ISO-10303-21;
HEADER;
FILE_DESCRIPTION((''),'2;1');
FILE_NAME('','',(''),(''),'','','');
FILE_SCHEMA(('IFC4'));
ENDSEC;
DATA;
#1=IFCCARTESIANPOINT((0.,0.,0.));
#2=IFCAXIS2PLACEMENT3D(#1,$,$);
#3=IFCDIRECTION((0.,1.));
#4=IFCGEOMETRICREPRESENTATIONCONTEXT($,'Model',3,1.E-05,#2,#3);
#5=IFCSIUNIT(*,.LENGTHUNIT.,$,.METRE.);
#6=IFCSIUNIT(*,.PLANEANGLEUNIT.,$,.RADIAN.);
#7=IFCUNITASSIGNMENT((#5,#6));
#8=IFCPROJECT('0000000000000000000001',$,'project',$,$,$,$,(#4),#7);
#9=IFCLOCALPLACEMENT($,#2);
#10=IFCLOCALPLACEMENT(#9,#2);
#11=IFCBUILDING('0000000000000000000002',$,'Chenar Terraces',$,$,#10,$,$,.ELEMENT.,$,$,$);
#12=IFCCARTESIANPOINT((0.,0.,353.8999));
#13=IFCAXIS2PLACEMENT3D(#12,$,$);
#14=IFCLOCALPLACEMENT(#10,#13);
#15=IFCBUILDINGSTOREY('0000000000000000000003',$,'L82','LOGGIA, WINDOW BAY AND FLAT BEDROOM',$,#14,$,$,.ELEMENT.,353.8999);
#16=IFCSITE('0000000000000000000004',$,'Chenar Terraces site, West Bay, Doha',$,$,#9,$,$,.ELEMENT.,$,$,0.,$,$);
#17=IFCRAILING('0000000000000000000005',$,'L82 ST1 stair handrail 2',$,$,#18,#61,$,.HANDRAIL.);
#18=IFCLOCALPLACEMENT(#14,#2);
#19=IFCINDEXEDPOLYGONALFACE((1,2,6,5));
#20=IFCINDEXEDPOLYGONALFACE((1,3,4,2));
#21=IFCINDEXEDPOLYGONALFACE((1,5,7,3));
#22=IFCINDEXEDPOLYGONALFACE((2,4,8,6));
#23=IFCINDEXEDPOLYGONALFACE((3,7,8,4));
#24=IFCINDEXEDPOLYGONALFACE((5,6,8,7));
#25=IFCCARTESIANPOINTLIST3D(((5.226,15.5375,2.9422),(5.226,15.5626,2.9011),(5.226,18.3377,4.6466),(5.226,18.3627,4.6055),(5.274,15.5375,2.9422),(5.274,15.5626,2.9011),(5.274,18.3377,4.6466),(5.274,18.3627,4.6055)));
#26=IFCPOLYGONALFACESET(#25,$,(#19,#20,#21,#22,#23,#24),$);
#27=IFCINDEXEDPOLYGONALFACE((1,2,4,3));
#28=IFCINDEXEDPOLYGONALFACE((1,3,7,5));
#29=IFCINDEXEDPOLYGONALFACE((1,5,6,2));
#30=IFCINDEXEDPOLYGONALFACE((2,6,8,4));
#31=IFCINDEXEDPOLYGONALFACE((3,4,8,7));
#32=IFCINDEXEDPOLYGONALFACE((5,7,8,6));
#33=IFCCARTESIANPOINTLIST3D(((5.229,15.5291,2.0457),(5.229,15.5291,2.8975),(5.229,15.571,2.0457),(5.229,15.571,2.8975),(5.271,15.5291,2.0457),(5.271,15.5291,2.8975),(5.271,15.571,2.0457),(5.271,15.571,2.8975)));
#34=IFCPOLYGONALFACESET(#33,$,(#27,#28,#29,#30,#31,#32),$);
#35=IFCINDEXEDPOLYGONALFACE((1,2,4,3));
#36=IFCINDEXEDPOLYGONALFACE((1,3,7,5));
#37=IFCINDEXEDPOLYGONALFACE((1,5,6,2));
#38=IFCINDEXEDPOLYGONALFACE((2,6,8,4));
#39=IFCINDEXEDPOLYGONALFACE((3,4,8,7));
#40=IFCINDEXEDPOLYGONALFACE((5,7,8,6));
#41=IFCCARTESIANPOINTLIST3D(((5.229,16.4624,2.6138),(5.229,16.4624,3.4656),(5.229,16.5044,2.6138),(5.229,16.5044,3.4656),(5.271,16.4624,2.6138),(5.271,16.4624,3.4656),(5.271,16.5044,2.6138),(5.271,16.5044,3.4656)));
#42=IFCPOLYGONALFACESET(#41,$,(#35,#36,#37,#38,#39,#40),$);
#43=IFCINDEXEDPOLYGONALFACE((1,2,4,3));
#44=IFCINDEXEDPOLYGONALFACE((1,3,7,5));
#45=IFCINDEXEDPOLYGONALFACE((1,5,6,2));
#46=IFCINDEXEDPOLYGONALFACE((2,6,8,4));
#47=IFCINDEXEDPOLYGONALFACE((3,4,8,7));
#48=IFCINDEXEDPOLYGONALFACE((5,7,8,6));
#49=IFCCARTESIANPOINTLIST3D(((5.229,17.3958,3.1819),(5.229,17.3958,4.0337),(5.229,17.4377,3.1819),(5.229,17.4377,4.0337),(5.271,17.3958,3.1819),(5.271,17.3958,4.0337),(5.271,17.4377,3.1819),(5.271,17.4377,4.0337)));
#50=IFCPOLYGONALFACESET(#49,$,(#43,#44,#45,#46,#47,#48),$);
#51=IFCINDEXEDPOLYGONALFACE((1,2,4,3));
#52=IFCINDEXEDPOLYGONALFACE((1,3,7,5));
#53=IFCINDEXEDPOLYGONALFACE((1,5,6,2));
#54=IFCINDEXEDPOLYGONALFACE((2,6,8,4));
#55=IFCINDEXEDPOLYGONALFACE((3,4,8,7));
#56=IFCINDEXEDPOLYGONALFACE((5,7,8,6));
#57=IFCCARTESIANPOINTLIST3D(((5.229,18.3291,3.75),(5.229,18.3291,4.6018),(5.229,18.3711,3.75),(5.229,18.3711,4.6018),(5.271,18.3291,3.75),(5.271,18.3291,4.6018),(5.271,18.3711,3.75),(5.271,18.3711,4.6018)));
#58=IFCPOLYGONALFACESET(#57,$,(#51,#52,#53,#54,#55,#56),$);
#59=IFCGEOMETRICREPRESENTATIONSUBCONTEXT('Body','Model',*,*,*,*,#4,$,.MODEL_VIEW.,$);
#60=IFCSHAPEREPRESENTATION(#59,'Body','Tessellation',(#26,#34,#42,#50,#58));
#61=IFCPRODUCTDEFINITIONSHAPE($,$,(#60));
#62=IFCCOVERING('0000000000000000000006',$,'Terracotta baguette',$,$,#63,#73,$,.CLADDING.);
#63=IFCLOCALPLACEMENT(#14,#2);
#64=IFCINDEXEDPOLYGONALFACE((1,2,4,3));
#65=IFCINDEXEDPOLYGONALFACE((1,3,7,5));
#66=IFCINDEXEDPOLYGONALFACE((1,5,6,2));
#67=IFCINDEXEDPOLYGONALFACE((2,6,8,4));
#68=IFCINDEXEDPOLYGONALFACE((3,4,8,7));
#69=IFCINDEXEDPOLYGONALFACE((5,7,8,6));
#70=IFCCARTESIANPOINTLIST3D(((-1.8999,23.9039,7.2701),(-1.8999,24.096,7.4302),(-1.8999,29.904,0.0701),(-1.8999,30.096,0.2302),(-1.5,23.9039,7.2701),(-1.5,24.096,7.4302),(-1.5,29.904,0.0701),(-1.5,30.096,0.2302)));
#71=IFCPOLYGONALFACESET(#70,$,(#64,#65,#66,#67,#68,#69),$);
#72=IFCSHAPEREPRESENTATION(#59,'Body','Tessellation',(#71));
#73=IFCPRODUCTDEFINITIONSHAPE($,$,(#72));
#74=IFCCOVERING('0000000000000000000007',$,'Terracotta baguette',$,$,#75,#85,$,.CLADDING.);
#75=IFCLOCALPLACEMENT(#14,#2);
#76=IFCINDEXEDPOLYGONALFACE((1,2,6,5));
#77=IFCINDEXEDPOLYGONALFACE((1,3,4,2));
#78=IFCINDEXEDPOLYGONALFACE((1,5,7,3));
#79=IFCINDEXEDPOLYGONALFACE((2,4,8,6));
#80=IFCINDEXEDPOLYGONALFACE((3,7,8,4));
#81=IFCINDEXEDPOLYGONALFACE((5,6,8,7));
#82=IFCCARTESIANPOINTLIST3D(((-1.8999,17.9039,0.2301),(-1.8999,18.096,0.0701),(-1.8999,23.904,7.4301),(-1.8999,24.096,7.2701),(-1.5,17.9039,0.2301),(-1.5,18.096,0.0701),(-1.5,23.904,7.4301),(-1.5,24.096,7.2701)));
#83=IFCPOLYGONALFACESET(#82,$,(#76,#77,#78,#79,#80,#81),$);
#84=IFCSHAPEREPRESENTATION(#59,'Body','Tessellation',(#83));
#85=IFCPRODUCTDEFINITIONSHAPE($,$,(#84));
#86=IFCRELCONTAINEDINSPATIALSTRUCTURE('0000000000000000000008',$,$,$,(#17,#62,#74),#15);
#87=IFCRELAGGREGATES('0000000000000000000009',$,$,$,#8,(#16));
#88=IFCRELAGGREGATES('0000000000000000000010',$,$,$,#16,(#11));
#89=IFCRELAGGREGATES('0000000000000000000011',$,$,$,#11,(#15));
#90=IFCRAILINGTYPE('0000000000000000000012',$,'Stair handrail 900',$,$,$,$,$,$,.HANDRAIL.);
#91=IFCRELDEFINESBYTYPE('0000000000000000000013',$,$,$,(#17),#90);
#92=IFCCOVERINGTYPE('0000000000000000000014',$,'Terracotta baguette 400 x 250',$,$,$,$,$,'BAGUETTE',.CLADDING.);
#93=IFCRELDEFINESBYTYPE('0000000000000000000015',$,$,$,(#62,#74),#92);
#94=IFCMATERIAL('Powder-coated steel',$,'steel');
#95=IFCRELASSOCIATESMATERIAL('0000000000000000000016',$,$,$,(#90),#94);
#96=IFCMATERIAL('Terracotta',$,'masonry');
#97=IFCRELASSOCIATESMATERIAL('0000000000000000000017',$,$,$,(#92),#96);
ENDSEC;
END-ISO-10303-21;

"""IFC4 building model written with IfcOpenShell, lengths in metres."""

from ifc_helpers import new_model, si_unit, direction, frame, origin, origin_2d, place, context, subcontext, project, spatial, rectangle, extrude, material, material_profile, profile_set, type_object, element, save


model = new_model("IFC4")

# Units and contexts
model_context = context("Model", 3, precision=1e-05, world=origin(), true_north=direction((0.0, 1.0)))
body_context = subcontext(model_context, "Body", "Model", "MODEL_VIEW")
ifc_project = project(units=[si_unit("LENGTHUNIT", "METRE"), si_unit("PLANEANGLEUNIT", "RADIAN")], contexts=[model_context])

# Site, building, storey
site_placement = place(None, origin())
site = spatial("IfcSite", under=ifc_project, at=site_placement, Name="Chenar Terraces site, West Bay, Doha", CompositionType="ELEMENT", RefElevation=0.0)
building_placement = place(site_placement, origin())
building = spatial("IfcBuilding", under=site, at=building_placement, Name="Chenar Terraces", CompositionType="ELEMENT")
storey_placement = place(building_placement, frame((0.0, 0.0, 353.8999)))
storey = spatial("IfcBuildingStorey", under=building, at=storey_placement, Name="L82", Description="LOGGIA, WINDOW BAY AND FLAT BEDROOM", CompositionType="ELEMENT", Elevation=353.8999)

# Railing
ifc_material_1 = material(Name="Powder-coated steel", Category="steel")
railing_type_1 = type_object("IfcRailingType", Name="Stair handrail 900", PredefinedType="HANDRAIL", material=ifc_material_1)
railing_1_placement = place(storey_placement, frame((5.25, 15.55, 2.0457)))
element("IfcRailing", 1, at=railing_1_placement, inside=storey, type_object=railing_type_1, Name="L82 ST1 stair handrail 2", PredefinedType="HANDRAIL", context=body_context, shape_type="SweptSolid", body=[
    extrude(rectangle(XDim=0.0481, YDim=0.0481, at=origin_2d()), frame((0.0, 0.0, 0.876), z_axis=(0.0, 0.854203, 0.51994), x_axis=(-1.0, 0.0, 0.0)), (0.0, 0.0, 1.0), 3.2781),
    extrude(rectangle(XDim=0.042, YDim=0.042, at=origin_2d()), origin(), (0.0, 0.0, 1.0), 0.8518),
    extrude(rectangle(XDim=0.042, YDim=0.042, at=origin_2d()), frame((0.0, 0.9333, 0.5681)), (0.0, 0.0, 1.0), 0.8518),
    extrude(rectangle(XDim=0.042, YDim=0.042, at=origin_2d()), frame((0.0, 1.8667, 1.1362)), (0.0, 0.0, 1.0), 0.8518),
    extrude(rectangle(XDim=0.042, YDim=0.042, at=origin_2d()), frame((0.0, 2.8, 1.7043)), (0.0, 0.0, 1.0), 0.8518),
])

# Coverings
ifc_material_2 = material(Name="Terracotta", Category="masonry")
ifc_material_profile_1 = material_profile(ifc_material_2, rectangle(XDim=0.3999, YDim=0.25, at=origin_2d()), Name="Terracotta baguette 400 x 250")
ifc_profile_set_1 = profile_set([ifc_material_profile_1], Name="Terracotta")
covering_type = type_object("IfcCoveringType", Name="Terracotta baguette 400 x 250", ElementType="BAGUETTE", PredefinedType="CLADDING", material=ifc_profile_set_1)
for number, where, z_axis, x_axis, name in (
    (2, (-1.7, 30.0, 0.1501), (0.0, -0.640187, 0.768219), (1.0, 0.0, 0.0), "Terracotta baguette"),
    (3, (-1.7, 24.0, 7.3501), (0.0, -0.640187, -0.768219), (1.0, 0.0, 0.0), "Terracotta baguette"),
):
    element("IfcCovering", number, at=place(storey_placement, frame(where, z_axis=z_axis, x_axis=x_axis)), inside=storey, type_object=covering_type, Name=name, PredefinedType="CLADDING", context=body_context, shape_type="SweptSolid", body=[
        extrude(rectangle(XDim=0.3999, YDim=0.25, at=origin_2d()), origin(), (0.0, 0.0, 1.0), 9.3723),
    ])

save(model, "model.ifc")
